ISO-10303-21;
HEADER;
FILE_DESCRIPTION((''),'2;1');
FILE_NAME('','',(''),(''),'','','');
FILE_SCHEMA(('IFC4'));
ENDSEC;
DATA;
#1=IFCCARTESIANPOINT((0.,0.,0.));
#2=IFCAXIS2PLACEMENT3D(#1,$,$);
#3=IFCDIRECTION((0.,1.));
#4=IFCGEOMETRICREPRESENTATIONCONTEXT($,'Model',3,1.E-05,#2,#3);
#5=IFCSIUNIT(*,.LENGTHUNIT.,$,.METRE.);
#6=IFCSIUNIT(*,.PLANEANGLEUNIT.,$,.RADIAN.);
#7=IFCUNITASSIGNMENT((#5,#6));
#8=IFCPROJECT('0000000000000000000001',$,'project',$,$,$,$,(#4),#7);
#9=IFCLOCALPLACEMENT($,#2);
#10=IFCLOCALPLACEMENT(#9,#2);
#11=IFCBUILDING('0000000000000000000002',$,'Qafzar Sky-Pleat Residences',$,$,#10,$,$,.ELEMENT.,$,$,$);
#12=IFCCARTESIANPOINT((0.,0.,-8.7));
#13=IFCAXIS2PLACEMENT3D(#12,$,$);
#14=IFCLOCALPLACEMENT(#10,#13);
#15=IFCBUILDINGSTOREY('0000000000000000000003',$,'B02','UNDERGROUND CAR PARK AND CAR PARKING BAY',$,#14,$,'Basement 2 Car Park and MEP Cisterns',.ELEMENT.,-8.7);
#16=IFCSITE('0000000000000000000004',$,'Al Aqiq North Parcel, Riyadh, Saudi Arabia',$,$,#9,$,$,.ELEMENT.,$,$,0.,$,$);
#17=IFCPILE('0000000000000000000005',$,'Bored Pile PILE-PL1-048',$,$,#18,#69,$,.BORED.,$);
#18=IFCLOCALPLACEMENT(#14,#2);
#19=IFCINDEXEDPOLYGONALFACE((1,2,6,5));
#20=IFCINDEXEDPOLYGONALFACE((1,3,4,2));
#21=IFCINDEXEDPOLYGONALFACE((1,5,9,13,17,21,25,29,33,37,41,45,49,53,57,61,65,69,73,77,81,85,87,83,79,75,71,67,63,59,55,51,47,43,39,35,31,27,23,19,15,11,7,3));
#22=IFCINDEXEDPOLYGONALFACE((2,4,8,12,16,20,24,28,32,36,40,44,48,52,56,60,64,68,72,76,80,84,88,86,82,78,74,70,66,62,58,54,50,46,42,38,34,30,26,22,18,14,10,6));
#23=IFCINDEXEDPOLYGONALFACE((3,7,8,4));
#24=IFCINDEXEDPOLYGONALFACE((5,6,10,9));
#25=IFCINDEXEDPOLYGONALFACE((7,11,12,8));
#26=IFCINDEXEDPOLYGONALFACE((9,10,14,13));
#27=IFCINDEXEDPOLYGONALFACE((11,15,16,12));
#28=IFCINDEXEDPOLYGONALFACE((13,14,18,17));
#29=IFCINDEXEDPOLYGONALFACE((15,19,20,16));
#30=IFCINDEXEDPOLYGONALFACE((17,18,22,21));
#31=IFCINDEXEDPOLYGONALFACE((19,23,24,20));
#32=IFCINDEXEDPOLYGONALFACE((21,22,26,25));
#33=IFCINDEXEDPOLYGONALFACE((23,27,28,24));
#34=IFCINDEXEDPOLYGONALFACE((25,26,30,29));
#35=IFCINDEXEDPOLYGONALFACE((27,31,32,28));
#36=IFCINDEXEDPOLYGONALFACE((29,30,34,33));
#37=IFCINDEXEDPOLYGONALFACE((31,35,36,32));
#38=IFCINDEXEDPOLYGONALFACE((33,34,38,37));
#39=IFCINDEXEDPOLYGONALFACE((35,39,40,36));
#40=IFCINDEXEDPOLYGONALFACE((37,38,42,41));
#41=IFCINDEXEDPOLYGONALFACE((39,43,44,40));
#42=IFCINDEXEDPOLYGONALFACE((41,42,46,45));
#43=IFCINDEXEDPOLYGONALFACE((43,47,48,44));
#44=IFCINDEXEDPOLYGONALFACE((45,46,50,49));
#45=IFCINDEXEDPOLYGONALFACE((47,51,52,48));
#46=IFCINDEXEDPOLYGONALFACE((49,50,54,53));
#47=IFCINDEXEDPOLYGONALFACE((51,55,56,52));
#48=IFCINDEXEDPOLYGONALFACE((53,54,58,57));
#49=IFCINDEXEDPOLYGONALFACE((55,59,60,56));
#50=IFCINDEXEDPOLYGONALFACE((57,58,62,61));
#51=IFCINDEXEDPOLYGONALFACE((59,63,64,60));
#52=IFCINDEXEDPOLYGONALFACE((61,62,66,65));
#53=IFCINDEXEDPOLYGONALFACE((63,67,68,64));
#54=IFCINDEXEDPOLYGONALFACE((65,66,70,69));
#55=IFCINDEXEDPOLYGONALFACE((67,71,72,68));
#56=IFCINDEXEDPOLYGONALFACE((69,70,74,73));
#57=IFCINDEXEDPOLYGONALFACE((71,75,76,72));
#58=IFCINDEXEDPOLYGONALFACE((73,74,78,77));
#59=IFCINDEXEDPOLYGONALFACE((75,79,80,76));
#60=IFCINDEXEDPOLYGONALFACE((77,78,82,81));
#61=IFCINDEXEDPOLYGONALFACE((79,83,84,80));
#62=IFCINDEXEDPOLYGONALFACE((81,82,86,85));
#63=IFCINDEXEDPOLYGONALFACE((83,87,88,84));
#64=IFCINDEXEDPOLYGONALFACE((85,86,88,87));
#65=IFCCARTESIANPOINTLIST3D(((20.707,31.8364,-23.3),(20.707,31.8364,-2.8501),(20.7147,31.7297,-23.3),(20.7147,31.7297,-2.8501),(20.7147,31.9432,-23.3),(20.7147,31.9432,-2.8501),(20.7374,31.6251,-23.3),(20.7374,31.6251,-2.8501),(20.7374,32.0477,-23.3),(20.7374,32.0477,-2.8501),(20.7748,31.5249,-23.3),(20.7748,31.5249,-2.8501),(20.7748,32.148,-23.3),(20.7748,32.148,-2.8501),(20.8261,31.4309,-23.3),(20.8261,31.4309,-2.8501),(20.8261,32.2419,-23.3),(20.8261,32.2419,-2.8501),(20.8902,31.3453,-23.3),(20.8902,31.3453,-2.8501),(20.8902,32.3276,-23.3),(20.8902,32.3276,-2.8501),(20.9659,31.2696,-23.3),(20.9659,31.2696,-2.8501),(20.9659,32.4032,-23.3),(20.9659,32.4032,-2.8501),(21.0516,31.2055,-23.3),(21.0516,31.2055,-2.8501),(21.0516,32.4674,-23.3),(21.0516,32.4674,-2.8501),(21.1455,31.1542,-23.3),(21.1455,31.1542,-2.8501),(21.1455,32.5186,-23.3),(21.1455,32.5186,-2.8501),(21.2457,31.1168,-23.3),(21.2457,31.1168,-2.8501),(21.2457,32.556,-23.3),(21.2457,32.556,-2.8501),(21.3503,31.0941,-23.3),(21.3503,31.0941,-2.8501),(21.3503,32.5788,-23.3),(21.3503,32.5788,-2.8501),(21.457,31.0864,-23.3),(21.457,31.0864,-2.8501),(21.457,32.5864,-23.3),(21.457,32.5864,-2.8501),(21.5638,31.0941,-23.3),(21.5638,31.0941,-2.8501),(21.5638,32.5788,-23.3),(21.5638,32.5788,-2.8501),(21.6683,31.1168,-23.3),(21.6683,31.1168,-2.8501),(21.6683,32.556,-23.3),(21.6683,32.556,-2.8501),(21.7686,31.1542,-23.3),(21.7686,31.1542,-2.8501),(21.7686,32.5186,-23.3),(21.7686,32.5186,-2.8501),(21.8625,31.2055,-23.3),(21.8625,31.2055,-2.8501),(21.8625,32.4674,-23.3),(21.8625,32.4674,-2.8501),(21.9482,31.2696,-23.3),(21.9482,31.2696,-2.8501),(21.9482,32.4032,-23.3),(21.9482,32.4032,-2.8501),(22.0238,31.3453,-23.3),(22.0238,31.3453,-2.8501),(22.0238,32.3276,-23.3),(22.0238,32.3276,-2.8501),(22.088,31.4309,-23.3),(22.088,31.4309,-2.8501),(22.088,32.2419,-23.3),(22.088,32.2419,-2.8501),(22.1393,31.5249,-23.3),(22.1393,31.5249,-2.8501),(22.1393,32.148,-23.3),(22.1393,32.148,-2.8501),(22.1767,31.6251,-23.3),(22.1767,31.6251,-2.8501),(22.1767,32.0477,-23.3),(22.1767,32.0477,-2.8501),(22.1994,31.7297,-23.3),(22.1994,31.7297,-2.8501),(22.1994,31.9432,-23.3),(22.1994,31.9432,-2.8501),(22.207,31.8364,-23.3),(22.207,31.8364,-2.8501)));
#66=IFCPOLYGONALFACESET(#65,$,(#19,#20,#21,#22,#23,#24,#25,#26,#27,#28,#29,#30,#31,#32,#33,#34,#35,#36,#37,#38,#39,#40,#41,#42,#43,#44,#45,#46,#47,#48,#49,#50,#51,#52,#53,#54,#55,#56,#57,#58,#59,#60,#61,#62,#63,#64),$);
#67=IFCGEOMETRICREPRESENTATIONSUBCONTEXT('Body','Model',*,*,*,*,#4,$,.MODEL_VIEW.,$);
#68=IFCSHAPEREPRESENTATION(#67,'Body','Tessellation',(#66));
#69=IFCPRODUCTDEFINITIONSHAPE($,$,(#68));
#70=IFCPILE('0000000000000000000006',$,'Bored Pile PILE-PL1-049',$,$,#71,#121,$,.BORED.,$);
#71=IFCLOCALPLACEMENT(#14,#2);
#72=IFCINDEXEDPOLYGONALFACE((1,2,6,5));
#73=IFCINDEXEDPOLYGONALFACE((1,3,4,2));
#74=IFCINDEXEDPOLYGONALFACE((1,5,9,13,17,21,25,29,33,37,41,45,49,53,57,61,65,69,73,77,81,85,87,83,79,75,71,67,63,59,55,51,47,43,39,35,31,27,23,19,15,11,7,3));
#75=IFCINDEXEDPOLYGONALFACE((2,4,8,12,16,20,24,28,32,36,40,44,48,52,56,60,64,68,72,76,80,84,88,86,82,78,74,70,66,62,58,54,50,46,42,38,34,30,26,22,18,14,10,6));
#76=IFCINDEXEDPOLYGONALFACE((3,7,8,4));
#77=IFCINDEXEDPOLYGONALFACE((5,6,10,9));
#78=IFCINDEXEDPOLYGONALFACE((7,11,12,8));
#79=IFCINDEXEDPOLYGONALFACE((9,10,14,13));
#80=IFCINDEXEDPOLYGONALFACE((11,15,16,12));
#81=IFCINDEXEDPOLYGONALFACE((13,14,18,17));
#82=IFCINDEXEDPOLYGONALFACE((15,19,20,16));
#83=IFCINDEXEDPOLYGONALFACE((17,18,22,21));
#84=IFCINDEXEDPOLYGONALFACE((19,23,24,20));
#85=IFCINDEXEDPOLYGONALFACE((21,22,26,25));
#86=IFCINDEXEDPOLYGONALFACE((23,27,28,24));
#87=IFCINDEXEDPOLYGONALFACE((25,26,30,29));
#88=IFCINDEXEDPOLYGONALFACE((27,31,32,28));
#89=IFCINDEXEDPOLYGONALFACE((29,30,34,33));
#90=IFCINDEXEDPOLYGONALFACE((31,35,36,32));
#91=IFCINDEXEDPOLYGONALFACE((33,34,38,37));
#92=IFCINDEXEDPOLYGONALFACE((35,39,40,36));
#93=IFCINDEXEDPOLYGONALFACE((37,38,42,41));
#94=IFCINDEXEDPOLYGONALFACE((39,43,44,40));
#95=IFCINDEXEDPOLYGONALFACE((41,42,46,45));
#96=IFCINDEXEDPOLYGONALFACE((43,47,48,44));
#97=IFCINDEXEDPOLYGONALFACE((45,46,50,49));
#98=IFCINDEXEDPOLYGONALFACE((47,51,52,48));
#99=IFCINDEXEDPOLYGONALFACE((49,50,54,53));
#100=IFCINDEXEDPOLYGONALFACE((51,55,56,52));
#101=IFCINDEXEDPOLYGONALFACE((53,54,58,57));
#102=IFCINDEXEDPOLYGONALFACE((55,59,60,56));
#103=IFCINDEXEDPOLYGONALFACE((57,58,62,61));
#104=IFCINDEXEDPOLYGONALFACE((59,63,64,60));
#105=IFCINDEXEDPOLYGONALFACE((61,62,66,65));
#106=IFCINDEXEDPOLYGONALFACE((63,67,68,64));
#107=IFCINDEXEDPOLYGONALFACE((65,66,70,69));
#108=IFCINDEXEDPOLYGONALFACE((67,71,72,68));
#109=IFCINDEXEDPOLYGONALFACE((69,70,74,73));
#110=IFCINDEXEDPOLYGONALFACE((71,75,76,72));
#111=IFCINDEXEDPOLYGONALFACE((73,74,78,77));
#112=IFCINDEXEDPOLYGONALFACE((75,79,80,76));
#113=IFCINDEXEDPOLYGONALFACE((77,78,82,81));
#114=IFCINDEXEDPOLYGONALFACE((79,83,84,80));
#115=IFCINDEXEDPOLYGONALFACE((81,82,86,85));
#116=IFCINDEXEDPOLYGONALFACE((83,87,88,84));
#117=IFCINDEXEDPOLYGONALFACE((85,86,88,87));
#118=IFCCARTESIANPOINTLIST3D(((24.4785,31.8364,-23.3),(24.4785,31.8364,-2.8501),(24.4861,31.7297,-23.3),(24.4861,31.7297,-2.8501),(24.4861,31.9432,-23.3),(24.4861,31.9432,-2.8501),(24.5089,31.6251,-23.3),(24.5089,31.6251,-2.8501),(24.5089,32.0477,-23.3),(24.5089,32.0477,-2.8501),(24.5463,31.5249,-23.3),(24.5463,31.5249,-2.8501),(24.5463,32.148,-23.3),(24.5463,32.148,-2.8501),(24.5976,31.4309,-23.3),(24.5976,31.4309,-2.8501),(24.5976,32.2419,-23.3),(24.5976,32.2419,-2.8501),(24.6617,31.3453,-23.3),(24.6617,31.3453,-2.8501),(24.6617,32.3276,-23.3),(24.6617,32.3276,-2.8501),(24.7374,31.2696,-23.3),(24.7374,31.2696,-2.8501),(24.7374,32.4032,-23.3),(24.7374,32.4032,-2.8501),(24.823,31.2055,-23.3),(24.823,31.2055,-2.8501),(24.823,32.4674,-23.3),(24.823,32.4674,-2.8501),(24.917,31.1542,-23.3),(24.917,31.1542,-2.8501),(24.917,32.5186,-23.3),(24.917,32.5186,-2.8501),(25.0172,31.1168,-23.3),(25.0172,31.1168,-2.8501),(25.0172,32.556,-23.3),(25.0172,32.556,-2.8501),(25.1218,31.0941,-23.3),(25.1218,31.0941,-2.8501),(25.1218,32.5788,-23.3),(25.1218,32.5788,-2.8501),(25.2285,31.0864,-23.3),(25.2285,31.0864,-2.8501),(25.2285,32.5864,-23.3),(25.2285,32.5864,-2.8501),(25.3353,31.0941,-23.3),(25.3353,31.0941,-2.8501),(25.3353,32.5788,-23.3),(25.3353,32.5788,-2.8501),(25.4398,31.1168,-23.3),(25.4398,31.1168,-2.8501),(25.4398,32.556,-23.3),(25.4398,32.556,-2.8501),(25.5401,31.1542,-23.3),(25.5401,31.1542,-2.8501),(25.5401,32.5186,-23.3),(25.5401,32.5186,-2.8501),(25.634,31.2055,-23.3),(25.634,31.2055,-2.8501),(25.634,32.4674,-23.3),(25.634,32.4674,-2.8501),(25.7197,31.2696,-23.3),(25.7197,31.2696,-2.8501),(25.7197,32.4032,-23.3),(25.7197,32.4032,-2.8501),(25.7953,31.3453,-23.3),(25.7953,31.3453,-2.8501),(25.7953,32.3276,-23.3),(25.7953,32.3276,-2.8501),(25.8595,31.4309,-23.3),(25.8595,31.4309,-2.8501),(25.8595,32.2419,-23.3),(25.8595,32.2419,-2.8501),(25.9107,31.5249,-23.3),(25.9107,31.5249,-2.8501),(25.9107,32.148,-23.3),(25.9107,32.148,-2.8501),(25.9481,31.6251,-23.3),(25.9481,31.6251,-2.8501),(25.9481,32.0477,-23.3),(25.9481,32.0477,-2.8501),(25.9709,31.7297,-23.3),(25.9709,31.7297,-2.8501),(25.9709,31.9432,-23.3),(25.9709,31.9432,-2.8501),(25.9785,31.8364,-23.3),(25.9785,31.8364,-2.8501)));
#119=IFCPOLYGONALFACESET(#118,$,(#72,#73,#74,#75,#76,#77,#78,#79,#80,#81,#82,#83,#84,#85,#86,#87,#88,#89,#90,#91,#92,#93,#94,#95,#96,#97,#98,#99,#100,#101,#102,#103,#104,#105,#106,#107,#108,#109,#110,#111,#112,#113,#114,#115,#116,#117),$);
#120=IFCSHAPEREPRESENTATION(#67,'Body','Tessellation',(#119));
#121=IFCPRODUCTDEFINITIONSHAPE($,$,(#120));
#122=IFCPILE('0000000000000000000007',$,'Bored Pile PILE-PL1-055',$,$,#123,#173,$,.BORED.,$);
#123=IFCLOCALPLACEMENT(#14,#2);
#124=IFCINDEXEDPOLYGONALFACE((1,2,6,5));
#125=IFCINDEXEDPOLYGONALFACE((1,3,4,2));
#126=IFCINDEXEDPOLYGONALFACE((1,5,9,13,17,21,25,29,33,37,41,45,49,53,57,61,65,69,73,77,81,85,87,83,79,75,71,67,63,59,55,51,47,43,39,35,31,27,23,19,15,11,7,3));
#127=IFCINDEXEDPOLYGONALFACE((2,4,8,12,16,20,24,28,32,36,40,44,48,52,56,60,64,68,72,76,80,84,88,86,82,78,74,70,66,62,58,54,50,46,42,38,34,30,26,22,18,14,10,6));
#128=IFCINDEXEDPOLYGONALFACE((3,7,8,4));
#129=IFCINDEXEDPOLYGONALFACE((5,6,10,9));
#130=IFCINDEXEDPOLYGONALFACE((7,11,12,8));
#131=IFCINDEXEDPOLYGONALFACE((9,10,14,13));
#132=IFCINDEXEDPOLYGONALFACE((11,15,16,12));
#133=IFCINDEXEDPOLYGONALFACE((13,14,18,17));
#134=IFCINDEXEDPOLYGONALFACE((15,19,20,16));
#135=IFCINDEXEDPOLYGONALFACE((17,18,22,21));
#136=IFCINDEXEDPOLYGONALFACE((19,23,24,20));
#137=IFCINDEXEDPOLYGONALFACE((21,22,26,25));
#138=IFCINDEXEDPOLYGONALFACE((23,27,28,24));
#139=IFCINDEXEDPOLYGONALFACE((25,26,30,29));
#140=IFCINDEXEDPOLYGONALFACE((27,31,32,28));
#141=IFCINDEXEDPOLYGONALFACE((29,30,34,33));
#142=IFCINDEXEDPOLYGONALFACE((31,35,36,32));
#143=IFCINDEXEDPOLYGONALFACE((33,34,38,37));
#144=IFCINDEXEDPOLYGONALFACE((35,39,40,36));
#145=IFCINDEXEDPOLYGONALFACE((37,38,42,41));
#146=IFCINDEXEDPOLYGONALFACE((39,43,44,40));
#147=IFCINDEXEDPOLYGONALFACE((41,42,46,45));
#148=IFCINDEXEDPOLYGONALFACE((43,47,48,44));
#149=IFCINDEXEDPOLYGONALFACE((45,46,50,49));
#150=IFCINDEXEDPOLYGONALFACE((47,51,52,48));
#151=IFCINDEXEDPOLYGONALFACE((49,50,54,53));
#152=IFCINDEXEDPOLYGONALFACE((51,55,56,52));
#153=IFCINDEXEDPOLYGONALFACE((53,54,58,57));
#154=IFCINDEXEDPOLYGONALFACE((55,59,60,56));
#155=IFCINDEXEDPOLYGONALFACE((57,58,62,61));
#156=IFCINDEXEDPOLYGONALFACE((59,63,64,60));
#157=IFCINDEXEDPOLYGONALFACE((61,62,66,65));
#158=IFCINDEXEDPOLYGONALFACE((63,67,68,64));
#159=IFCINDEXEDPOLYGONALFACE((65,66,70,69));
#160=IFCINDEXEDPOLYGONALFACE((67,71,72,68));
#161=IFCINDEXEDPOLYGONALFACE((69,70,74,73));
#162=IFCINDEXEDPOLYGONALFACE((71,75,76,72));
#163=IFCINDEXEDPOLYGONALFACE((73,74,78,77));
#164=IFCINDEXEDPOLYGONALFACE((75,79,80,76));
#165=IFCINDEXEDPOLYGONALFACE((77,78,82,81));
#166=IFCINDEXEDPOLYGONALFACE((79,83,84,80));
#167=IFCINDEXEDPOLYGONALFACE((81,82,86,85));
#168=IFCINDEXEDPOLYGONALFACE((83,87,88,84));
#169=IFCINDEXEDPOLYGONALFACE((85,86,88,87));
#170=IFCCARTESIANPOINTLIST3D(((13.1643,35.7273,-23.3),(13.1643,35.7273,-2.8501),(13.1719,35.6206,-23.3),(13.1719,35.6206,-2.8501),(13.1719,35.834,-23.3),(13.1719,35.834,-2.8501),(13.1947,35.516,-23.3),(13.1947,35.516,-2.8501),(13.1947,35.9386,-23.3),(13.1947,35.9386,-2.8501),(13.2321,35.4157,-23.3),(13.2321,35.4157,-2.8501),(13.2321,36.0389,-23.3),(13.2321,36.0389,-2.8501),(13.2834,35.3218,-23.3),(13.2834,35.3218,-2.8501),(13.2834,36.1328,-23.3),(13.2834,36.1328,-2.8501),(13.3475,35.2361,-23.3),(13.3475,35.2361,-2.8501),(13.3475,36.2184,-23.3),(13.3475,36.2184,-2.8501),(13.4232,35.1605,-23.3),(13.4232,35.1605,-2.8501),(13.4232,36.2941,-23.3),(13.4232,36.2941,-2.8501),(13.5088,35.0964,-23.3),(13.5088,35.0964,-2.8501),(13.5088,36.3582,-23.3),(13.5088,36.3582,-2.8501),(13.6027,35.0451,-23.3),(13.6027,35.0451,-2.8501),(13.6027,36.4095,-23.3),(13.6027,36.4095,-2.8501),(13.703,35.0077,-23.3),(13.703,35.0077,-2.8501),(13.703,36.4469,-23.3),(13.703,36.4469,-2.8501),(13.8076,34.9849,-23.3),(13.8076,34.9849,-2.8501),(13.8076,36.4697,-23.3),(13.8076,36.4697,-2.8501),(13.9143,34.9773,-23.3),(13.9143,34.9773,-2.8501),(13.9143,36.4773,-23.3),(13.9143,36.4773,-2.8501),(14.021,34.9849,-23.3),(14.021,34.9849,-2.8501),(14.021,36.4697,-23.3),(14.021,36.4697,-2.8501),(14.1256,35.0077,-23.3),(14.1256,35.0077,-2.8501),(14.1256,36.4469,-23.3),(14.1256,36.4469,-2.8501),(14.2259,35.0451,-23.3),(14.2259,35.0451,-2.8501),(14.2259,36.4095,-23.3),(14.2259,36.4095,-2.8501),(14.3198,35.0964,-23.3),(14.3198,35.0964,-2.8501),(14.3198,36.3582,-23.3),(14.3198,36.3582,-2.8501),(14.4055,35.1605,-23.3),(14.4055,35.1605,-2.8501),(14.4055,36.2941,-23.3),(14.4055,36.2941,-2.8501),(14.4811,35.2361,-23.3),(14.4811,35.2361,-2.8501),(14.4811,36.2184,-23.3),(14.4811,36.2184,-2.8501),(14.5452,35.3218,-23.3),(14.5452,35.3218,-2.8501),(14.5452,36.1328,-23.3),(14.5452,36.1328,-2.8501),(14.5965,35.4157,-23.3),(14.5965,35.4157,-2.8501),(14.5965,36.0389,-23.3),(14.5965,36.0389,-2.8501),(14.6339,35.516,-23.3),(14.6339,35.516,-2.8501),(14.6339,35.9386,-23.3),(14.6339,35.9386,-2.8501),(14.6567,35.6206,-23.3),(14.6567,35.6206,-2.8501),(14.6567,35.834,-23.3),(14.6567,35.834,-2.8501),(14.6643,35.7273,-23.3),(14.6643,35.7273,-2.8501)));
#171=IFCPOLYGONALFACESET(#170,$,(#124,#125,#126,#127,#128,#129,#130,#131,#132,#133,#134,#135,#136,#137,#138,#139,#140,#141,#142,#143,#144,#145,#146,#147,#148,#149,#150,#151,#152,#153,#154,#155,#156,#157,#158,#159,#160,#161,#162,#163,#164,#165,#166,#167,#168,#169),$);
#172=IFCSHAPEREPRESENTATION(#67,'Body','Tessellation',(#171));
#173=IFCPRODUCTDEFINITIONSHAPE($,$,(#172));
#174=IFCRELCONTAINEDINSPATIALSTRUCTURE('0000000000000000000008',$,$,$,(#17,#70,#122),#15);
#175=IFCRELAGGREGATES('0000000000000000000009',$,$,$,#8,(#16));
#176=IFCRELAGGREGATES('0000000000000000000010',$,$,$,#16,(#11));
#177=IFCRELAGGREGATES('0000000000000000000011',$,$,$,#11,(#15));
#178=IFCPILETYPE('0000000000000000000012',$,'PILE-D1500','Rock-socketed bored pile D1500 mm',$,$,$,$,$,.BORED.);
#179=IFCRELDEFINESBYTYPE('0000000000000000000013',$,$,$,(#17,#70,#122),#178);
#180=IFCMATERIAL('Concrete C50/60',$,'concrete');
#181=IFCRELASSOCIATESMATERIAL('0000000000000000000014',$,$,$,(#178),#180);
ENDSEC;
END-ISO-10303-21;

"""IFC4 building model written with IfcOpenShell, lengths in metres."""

from ifc_helpers import new_model, si_unit, direction, frame, origin, origin_2d, place, context, subcontext, project, spatial, circle, extrude, source, transform, mapped, material, material_profile, profile_set, type_object, element, save


model = new_model("IFC4")

# Units and contexts
model_context = context("Model", 3, precision=1e-05, world=origin(), true_north=direction((0.0, 1.0)))
body_context = subcontext(model_context, "Body", "Model", "MODEL_VIEW")
ifc_project = project(units=[si_unit("LENGTHUNIT", "METRE"), si_unit("PLANEANGLEUNIT", "RADIAN")], contexts=[model_context])

# Site, building, storey
site_placement = place(None, origin())
site = spatial("IfcSite", under=ifc_project, at=site_placement, Name="Al Aqiq North Parcel, Riyadh, Saudi Arabia", CompositionType="ELEMENT", RefElevation=0.0)
building_placement = place(site_placement, origin())
building = spatial("IfcBuilding", under=site, at=building_placement, Name="Qafzar Sky-Pleat Residences", CompositionType="ELEMENT")
storey_placement = place(building_placement, frame((0.0, 0.0, -8.7)))
storey = spatial("IfcBuildingStorey", under=building, at=storey_placement, Name="B02", Description="UNDERGROUND CAR PARK AND CAR PARKING BAY", LongName="Basement 2 Car Park and MEP Cisterns", CompositionType="ELEMENT", Elevation=-8.7)

# Piles
ifc_material_1 = material(Name="Concrete C50/60", Category="concrete")
ifc_material_profile_1 = material_profile(ifc_material_1, circle(Radius=0.75, at=origin_2d()), Name="PILE D1500")
ifc_profile_set_1 = profile_set([ifc_material_profile_1], Name="Concrete C50/60")
pile_type = type_object("IfcPileType", Name="PILE-D1500", Description="Rock-socketed bored pile D1500 mm", PredefinedType="BORED", material=ifc_profile_set_1)
shared_shape_1 = source(origin(), body_context, "Body", "SweptSolid", [
    extrude(circle(Radius=0.75, at=origin_2d()), origin(), (0.0, 0.0, 1.0), 20.45),
])
for number, where, z_axis, x_axis, name in (
    (1, (21.457, 31.8364, -2.8501), (0.0, 0.0, -1.0), (1.0, 0.0, 0.0), "Bored Pile PILE-PL1-048"),
    (2, (25.2285, 31.8364, -2.8501), (0.0, 0.0, -1.0), (1.0, 0.0, 0.0), "Bored Pile PILE-PL1-049"),
    (3, (13.9143, 35.7273, -2.8501), (0.0, 0.0, -1.0), (1.0, 0.0, 0.0), "Bored Pile PILE-PL1-055"),
):
    element("IfcPile", number, at=place(storey_placement, frame(where, z_axis=z_axis, x_axis=x_axis)), inside=storey, type_object=pile_type, Name=name, PredefinedType="BORED", context=body_context, shape_type="MappedRepresentation", body=[
        mapped(shared_shape_1, transform((0.0, 0.0, 0.0), x_axis=(1.0, 0.0, 0.0), y_axis=(0.0, 1.0, 0.0), z_axis=(0.0, 0.0, 1.0), scale=1.0)),
    ])

save(model, "model.ifc")
